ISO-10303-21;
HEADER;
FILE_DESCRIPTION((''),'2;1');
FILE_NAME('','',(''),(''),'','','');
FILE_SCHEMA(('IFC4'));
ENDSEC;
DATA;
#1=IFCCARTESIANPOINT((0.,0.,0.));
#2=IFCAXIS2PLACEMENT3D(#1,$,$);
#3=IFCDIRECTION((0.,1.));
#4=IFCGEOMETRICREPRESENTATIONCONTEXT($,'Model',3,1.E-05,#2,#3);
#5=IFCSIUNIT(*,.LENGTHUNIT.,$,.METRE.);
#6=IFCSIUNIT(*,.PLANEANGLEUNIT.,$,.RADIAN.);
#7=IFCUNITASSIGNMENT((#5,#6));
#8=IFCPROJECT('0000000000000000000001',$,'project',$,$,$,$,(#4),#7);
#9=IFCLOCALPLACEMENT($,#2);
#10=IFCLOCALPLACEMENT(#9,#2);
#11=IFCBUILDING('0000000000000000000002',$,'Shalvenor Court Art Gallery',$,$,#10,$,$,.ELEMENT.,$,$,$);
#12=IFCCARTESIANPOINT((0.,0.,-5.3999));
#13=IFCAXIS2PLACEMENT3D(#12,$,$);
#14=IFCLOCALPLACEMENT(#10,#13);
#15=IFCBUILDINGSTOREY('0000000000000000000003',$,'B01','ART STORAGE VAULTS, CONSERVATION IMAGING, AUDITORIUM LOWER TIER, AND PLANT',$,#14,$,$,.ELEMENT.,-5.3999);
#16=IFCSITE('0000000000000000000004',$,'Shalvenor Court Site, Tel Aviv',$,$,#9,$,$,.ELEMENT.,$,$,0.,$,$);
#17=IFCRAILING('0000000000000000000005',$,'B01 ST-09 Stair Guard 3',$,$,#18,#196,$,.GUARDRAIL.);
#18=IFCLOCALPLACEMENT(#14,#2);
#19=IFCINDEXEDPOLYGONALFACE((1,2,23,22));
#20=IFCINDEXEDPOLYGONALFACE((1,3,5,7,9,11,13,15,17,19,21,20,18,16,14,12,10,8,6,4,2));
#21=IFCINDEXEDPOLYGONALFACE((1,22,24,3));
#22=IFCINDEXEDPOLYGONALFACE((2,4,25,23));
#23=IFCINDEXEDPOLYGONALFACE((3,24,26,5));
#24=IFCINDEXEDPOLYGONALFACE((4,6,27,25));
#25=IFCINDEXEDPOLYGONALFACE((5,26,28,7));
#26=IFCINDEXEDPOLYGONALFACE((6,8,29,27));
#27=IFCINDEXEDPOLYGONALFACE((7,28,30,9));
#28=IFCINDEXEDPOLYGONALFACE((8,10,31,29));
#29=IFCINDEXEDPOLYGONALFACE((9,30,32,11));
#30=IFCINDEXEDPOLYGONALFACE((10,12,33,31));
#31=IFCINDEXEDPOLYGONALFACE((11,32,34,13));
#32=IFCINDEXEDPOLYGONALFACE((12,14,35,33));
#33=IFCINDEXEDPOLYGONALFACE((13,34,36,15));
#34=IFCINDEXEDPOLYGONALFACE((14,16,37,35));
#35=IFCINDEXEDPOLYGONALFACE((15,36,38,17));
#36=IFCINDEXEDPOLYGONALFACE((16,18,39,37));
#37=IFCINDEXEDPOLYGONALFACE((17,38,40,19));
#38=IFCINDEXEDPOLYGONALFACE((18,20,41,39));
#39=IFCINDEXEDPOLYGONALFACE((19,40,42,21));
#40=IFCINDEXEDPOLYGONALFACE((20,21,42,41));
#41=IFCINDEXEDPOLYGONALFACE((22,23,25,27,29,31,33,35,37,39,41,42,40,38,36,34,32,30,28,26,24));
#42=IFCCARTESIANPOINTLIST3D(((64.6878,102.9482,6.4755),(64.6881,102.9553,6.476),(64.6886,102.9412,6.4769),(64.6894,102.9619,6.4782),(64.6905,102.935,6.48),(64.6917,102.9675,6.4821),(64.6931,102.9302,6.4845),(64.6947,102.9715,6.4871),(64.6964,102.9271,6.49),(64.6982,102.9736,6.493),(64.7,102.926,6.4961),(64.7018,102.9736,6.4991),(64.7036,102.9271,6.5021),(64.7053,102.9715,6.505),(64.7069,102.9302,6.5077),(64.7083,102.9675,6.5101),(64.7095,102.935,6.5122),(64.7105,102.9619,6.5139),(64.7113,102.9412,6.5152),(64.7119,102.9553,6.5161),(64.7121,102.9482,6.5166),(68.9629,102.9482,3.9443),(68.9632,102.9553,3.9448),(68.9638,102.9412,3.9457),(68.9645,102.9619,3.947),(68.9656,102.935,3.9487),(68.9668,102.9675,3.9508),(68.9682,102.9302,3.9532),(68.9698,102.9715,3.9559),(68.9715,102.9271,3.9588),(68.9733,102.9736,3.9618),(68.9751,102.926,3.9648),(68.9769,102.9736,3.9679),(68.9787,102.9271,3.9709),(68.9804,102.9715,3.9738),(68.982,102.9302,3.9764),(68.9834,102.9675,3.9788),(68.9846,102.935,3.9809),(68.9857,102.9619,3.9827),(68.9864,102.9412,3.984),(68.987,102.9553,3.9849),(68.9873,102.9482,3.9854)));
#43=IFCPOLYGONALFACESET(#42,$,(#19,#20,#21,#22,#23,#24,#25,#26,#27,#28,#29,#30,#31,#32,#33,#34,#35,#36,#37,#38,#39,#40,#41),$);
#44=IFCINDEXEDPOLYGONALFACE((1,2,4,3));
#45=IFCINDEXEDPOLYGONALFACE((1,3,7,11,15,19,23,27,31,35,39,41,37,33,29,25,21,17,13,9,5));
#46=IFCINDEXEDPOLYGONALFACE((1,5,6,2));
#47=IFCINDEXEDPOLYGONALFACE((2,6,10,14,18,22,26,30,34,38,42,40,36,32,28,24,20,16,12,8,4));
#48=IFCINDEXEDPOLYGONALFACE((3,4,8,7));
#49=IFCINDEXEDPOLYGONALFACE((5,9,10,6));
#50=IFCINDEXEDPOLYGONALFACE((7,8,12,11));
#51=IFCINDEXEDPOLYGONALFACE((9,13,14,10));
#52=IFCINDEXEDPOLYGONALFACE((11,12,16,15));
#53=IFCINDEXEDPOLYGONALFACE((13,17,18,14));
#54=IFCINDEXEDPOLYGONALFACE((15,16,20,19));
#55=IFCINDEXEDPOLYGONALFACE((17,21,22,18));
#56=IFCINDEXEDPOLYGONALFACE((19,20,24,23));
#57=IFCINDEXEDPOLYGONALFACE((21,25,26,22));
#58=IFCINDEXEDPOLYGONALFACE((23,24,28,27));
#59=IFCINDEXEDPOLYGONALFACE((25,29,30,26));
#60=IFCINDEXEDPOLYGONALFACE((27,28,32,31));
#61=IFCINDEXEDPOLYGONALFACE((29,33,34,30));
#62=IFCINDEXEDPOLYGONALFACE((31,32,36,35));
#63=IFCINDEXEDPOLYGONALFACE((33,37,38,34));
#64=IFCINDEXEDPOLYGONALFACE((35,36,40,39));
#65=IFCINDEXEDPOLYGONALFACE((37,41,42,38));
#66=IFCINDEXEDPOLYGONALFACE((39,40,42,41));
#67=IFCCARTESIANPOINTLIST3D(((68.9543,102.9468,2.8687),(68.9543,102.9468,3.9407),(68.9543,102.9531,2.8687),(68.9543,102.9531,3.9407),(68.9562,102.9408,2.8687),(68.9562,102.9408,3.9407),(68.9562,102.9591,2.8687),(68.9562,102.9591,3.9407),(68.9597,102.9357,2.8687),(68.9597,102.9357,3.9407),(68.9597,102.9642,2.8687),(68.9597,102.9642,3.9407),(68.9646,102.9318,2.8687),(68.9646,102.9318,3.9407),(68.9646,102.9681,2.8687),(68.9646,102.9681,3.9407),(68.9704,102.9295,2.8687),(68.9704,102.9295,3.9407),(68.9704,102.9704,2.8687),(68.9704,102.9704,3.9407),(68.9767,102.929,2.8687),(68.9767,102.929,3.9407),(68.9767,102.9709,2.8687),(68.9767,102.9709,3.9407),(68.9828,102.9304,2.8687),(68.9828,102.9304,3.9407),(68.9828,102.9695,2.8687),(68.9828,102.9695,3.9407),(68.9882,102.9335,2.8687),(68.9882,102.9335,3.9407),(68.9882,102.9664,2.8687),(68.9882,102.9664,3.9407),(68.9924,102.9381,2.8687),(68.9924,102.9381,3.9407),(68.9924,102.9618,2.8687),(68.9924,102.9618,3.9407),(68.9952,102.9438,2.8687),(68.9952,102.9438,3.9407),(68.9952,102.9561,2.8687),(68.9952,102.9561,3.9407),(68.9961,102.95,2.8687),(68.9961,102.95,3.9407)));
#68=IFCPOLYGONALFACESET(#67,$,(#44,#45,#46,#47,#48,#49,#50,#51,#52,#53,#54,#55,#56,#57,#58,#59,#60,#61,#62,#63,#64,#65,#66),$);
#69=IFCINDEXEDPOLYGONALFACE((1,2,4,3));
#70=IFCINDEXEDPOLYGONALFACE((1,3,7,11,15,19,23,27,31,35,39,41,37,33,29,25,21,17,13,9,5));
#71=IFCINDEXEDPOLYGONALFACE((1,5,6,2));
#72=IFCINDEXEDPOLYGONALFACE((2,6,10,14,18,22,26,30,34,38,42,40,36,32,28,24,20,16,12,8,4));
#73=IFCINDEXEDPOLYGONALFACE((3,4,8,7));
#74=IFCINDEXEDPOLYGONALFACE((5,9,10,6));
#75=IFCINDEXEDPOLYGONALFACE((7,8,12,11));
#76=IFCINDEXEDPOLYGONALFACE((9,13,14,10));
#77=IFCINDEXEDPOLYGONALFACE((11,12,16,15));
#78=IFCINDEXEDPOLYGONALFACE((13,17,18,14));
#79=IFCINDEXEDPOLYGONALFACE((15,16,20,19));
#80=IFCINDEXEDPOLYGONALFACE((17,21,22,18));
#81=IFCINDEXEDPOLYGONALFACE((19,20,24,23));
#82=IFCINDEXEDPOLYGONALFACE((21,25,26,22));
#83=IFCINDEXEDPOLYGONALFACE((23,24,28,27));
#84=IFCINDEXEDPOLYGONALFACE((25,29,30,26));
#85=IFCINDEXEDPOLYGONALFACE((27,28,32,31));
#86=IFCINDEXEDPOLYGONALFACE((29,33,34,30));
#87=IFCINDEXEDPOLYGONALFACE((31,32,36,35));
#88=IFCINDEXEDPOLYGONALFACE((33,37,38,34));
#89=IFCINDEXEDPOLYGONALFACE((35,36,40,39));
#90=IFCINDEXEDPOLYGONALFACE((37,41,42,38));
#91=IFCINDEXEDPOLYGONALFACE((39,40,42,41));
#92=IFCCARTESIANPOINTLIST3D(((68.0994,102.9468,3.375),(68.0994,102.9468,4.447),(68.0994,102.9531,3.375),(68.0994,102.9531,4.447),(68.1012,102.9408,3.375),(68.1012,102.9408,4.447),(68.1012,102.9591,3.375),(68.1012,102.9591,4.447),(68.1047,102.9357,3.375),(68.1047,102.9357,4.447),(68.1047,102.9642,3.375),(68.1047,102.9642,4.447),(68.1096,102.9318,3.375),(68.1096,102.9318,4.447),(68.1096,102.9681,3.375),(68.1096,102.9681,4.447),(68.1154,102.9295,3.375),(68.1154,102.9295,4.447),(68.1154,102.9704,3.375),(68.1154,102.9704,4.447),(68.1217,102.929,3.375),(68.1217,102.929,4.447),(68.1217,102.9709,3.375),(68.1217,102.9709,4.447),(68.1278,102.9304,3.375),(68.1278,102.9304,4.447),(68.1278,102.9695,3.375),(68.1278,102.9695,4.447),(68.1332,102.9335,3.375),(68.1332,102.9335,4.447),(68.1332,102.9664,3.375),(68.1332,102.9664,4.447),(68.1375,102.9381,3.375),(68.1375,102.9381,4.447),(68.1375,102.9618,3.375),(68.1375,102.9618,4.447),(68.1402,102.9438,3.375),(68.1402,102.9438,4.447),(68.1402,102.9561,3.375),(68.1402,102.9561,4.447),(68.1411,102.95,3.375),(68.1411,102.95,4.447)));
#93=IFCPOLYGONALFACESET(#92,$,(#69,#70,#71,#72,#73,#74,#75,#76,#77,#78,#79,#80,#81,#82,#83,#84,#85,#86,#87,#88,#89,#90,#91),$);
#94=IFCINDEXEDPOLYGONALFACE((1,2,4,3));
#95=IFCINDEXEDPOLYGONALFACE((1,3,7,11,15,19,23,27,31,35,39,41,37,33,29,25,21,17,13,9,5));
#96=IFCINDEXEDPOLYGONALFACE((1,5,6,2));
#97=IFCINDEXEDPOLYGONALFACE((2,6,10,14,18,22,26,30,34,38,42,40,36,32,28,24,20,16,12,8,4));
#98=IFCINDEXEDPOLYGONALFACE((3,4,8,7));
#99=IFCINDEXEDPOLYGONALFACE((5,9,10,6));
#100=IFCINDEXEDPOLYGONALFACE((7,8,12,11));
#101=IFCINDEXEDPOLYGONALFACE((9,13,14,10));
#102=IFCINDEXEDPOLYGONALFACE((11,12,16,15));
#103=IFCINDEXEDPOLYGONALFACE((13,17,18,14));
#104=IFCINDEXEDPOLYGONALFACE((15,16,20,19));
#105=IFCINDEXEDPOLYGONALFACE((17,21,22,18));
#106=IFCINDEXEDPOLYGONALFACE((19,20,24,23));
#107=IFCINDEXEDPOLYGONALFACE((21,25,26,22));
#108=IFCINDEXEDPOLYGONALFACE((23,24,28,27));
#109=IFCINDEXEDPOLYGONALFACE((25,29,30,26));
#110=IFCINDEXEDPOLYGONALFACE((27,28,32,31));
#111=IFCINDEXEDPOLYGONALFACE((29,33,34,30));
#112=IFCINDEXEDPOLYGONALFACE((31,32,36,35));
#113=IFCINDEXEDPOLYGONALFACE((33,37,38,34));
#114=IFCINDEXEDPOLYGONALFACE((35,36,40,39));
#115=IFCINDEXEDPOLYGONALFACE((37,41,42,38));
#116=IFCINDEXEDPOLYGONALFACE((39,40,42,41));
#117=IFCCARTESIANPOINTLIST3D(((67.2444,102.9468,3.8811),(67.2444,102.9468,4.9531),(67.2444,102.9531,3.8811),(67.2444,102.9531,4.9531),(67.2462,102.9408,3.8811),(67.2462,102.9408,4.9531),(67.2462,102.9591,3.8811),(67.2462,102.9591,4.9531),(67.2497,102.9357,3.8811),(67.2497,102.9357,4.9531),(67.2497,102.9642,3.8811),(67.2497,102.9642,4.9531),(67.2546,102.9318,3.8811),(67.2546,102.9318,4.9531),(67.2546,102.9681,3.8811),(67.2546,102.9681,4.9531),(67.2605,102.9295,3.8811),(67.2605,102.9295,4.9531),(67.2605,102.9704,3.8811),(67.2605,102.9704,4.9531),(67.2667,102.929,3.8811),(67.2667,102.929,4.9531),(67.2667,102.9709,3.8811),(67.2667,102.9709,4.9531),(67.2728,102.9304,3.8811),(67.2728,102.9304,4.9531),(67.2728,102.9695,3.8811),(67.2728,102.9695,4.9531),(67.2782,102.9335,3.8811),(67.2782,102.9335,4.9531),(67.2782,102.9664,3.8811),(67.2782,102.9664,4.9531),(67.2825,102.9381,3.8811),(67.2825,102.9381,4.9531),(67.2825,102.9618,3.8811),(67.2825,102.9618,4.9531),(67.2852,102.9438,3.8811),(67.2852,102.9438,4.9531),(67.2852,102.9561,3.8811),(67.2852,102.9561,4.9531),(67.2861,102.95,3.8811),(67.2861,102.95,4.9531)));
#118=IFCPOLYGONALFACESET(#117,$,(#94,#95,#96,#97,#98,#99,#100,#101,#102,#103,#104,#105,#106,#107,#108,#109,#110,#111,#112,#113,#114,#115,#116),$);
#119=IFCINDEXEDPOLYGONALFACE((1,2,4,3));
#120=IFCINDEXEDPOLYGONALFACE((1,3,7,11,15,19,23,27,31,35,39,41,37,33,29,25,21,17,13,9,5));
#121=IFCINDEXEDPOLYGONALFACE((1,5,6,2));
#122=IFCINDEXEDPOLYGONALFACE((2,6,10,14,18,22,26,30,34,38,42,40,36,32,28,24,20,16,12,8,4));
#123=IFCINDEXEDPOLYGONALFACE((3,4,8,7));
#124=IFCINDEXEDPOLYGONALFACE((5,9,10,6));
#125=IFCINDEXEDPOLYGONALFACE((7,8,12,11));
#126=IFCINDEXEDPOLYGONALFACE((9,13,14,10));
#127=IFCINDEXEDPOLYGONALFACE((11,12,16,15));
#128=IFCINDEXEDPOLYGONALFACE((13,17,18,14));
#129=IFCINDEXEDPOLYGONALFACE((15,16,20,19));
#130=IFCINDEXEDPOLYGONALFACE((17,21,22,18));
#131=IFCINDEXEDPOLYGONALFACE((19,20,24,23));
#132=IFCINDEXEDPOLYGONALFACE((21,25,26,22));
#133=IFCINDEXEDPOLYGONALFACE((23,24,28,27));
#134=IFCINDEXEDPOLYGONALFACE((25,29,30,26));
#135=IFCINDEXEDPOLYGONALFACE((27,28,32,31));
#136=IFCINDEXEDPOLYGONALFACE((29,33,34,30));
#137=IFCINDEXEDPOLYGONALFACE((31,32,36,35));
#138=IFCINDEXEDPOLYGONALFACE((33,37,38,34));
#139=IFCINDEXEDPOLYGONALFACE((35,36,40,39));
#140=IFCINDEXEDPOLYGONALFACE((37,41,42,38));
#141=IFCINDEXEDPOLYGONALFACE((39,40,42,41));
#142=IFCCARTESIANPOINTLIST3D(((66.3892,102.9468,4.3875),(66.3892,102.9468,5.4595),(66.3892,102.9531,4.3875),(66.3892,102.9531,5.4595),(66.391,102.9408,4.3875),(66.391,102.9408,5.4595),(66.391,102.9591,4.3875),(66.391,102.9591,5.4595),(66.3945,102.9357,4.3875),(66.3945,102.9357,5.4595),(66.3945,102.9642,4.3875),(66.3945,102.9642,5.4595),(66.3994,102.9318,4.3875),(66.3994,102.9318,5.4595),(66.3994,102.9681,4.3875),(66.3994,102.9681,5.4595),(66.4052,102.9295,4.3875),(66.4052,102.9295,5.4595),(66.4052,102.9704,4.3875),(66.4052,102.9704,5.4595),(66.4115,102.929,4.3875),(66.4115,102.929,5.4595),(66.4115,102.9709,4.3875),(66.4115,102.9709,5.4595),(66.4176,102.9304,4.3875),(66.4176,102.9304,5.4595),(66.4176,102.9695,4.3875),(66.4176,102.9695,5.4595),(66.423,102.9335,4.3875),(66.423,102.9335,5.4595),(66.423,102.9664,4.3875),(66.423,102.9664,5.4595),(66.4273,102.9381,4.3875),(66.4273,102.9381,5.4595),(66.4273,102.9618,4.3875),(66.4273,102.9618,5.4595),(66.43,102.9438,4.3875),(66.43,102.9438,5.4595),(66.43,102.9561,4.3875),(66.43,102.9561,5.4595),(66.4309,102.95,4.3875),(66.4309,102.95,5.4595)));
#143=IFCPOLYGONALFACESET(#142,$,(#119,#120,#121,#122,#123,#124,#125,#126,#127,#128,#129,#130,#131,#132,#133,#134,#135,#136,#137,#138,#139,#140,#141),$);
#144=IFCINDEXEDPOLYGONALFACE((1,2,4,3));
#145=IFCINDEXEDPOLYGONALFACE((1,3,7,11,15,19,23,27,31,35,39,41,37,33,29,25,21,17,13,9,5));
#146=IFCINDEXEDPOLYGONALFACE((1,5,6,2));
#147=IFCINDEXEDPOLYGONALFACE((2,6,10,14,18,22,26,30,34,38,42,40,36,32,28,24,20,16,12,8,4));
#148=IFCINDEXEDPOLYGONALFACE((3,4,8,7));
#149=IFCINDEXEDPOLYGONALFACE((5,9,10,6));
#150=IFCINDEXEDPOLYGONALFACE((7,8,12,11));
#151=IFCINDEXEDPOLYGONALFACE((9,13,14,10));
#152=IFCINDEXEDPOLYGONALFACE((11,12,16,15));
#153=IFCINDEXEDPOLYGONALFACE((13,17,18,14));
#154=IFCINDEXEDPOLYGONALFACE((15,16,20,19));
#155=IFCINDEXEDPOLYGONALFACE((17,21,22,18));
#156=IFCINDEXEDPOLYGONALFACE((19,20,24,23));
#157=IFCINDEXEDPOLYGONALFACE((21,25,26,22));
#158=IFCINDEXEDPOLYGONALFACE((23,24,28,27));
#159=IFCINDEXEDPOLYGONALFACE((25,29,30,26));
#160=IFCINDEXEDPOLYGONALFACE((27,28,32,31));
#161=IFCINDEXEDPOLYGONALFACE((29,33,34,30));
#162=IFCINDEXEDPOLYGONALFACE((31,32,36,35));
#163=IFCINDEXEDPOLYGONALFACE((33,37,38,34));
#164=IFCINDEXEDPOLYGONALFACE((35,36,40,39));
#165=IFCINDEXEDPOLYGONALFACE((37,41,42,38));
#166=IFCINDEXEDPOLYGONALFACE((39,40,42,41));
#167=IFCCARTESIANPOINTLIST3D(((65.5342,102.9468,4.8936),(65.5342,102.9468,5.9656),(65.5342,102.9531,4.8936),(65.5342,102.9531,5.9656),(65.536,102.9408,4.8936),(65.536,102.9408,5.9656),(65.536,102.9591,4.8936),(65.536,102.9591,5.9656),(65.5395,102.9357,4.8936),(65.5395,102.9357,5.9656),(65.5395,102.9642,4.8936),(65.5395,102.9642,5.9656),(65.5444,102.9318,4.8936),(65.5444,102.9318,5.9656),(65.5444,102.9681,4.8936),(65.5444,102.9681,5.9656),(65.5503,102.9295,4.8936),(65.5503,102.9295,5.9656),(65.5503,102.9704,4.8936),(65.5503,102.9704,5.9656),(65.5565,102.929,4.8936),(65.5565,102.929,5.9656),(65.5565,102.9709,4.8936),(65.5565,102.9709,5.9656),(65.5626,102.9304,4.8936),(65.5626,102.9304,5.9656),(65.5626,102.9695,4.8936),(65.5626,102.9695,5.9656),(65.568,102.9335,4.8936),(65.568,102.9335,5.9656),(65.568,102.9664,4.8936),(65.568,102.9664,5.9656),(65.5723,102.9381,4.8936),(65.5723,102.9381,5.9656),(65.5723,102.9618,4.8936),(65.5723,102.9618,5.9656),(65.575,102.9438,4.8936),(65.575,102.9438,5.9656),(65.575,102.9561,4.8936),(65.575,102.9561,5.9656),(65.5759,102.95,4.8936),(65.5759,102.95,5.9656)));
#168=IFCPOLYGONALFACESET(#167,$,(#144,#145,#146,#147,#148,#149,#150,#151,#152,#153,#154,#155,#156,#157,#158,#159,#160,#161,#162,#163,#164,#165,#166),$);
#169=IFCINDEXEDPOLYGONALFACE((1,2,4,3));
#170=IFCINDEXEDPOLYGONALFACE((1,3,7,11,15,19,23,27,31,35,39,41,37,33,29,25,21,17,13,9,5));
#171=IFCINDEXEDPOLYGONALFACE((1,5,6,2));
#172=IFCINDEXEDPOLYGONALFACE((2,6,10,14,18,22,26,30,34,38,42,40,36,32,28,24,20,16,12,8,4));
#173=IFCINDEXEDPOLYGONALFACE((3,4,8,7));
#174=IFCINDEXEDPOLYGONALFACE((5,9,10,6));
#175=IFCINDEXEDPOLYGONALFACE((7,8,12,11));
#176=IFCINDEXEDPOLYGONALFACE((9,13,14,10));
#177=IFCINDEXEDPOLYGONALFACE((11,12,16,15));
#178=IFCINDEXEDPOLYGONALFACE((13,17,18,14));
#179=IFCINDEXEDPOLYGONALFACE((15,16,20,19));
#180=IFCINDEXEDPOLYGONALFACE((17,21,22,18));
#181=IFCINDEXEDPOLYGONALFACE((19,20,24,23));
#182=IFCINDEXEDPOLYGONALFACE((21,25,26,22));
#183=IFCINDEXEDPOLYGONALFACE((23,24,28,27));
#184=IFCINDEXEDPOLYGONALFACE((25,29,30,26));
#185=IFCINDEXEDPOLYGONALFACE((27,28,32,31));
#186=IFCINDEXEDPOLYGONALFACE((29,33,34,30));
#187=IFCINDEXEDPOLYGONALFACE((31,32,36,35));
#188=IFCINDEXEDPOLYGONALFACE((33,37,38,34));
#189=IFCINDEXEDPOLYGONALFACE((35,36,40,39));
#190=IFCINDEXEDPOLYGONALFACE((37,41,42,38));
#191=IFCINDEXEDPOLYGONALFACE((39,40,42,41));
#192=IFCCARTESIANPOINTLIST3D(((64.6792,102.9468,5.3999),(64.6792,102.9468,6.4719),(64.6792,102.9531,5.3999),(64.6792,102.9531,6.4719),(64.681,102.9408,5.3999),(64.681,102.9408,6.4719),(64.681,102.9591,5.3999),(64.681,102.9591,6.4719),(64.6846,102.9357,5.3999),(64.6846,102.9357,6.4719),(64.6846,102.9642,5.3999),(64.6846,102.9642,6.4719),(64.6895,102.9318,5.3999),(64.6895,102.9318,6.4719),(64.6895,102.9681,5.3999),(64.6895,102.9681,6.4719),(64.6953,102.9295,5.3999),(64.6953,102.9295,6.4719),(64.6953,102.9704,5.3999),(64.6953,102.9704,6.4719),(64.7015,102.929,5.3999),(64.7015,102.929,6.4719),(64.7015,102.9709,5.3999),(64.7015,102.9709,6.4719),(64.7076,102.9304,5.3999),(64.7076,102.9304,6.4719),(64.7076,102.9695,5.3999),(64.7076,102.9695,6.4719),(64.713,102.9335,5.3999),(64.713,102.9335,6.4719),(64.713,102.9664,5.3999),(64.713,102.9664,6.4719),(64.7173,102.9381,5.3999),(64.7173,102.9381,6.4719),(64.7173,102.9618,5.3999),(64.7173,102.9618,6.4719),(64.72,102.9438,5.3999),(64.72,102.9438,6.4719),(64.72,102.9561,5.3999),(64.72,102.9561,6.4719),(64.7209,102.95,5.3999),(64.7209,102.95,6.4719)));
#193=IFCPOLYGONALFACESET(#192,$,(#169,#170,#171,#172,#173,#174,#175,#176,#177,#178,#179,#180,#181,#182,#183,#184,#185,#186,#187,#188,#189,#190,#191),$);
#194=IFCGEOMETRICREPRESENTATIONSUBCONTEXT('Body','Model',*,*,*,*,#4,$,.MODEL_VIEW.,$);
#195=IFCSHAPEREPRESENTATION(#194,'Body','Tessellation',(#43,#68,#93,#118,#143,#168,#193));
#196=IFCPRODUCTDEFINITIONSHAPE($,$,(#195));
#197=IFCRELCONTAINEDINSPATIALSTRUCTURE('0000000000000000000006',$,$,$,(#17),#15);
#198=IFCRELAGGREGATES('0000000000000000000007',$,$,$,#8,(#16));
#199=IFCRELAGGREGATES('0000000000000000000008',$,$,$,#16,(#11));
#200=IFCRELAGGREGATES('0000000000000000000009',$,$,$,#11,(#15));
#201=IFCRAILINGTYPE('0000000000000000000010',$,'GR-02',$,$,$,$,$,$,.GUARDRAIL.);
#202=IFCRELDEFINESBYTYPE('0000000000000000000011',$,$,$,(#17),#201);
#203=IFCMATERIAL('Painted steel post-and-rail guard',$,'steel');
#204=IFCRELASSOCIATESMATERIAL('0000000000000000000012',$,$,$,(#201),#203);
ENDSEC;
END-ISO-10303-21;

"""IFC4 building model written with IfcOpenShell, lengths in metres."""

from ifc_helpers import new_model, si_unit, direction, frame, origin, origin_2d, place, context, subcontext, project, spatial, circle, extrude, material, type_object, element, save


model = new_model("IFC4")

# Units and contexts
model_context = context("Model", 3, precision=1e-05, world=origin(), true_north=direction((0.0, 1.0)))
body_context = subcontext(model_context, "Body", "Model", "MODEL_VIEW")
ifc_project = project(units=[si_unit("LENGTHUNIT", "METRE"), si_unit("PLANEANGLEUNIT", "RADIAN")], contexts=[model_context])

# Site, building, storey
site_placement = place(None, origin())
site = spatial("IfcSite", under=ifc_project, at=site_placement, Name="Shalvenor Court Site, Tel Aviv", CompositionType="ELEMENT", RefElevation=0.0)
building_placement = place(site_placement, origin())
building = spatial("IfcBuilding", under=site, at=building_placement, Name="Shalvenor Court Art Gallery", CompositionType="ELEMENT")
storey_placement = place(building_placement, frame((0.0, 0.0, -5.3999)))
storey = spatial("IfcBuildingStorey", under=building, at=storey_placement, Name="B01", Description="ART STORAGE VAULTS, CONSERVATION IMAGING, AUDITORIUM LOWER TIER, AND PLANT", CompositionType="ELEMENT", Elevation=-5.3999)

# Railing
ifc_material_1 = material(Name="Painted steel post-and-rail guard", Category="steel")
railing_type_1 = type_object("IfcRailingType", Name="GR-02", PredefinedType="GUARDRAIL", material=ifc_material_1)
railing_1_placement = place(storey_placement, frame((68.9751, 102.95, 2.8687)))
element("IfcRailing", 1, at=railing_1_placement, inside=storey, type_object=railing_type_1, Name="B01 ST-09 Stair Guard 3", PredefinedType="GUARDRAIL", context=body_context, shape_type="SweptSolid", body=[
    extrude(circle(Radius=0.0239, at=origin_2d()), frame((0.0, 0.0, 1.0962), z_axis=(-0.860483, 0.0, 0.509479), x_axis=(0.0, -1.0, 0.0)), (0.0, 0.0, 1.0), 4.9683),
    extrude(circle(Radius=0.021, at=origin_2d()), origin(), (0.0, 0.0, 1.0), 1.072),
    extrude(circle(Radius=0.021, at=origin_2d()), frame((-0.855, 0.0, 0.5063)), (0.0, 0.0, 1.0), 1.072),
    extrude(circle(Radius=0.021, at=origin_2d()), frame((-1.71, 0.0, 1.0125)), (0.0, 0.0, 1.0), 1.072),
    extrude(circle(Radius=0.021, at=origin_2d()), frame((-2.5652, 0.0, 1.5188)), (0.0, 0.0, 1.0), 1.072),
    extrude(circle(Radius=0.021, at=origin_2d()), frame((-3.4202, 0.0, 2.0249)), (0.0, 0.0, 1.0), 1.072),
    extrude(circle(Radius=0.021, at=origin_2d()), frame((-4.2751, 0.0, 2.5312)), (0.0, 0.0, 1.0), 1.072),
])

save(model, "model.ifc")
